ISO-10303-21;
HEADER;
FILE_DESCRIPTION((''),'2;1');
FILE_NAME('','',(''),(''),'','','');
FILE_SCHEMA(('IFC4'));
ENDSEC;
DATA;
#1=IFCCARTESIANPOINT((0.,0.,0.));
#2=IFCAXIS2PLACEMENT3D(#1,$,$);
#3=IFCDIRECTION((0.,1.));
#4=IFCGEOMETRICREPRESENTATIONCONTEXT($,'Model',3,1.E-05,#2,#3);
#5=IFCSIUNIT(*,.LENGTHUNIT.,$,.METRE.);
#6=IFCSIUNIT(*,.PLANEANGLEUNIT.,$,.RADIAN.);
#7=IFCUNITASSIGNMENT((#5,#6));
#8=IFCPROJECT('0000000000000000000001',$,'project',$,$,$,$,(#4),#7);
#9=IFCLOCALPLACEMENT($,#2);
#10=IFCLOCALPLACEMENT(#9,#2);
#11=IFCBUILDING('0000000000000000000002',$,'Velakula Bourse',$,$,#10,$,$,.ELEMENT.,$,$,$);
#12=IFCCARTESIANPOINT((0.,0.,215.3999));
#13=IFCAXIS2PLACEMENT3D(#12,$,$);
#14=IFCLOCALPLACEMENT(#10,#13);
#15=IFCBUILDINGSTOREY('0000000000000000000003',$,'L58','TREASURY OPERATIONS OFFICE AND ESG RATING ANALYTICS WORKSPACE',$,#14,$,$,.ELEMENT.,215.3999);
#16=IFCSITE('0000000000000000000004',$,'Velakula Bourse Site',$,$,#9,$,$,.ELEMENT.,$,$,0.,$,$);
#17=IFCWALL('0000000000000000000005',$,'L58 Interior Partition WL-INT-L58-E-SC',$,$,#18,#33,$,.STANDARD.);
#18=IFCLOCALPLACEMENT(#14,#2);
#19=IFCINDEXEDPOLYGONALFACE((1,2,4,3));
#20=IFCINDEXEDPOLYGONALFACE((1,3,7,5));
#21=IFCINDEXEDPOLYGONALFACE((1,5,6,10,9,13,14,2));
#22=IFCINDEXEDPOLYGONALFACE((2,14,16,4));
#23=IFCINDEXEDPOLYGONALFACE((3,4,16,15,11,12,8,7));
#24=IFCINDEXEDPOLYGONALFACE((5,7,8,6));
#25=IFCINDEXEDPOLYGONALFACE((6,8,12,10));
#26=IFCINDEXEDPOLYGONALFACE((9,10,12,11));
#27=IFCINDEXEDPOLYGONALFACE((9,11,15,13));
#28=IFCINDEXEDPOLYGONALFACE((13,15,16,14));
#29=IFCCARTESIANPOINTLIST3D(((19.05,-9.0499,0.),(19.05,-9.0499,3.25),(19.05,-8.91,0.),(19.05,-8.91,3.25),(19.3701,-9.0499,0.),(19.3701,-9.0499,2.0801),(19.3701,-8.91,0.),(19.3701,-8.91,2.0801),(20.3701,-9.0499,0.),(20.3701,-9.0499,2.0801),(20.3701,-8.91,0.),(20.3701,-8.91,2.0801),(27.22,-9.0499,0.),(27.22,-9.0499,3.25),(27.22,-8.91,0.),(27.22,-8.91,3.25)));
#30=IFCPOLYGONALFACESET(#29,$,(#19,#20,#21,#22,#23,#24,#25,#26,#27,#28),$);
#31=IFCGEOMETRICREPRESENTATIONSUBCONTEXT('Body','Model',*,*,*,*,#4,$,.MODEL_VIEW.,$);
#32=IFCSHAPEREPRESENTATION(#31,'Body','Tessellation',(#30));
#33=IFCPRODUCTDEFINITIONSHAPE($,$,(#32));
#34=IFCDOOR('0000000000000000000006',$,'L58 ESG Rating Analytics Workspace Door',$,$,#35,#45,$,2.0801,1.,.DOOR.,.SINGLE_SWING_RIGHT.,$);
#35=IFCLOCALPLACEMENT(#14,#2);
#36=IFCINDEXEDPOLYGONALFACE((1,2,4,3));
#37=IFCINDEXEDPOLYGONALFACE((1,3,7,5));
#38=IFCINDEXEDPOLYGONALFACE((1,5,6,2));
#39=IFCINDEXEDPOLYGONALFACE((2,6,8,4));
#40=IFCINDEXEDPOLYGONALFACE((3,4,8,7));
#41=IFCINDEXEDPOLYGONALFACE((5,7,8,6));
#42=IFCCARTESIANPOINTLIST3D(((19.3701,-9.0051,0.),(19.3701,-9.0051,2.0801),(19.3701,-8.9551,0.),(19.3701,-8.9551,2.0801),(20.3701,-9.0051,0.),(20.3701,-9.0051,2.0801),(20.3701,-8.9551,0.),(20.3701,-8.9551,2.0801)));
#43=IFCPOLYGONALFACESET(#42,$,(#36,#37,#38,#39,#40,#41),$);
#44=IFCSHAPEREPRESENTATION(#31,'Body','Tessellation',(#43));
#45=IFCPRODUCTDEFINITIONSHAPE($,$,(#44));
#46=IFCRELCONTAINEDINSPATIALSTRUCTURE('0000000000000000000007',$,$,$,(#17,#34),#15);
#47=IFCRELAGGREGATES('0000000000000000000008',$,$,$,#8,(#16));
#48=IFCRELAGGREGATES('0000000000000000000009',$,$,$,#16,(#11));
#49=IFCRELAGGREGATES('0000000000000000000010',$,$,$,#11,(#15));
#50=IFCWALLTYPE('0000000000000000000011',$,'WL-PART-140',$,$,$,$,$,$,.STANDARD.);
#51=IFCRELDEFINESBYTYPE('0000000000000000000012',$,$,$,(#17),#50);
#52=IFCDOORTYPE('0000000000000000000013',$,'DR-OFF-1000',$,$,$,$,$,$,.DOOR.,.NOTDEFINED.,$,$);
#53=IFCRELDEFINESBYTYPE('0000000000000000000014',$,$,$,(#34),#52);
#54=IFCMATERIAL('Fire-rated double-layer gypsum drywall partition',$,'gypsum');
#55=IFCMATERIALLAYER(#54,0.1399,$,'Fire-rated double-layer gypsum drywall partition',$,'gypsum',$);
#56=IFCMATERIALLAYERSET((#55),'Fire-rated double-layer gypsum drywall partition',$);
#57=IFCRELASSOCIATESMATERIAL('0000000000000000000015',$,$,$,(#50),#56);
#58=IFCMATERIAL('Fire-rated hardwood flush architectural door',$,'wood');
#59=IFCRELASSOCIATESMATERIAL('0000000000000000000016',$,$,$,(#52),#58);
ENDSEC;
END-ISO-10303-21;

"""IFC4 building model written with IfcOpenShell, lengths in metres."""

from ifc_helpers import new_model, si_unit, direction, frame, frame_2d, origin, place, context, subcontext, project, spatial, rectangle, extrude, material, layer, layer_set, type_object, element, fill, save


model = new_model("IFC4")

# Units and contexts
model_context = context("Model", 3, precision=1e-05, world=origin(), true_north=direction((0.0, 1.0)))
body_context = subcontext(model_context, "Body", "Model", "MODEL_VIEW")
ifc_project = project(units=[si_unit("LENGTHUNIT", "METRE"), si_unit("PLANEANGLEUNIT", "RADIAN")], contexts=[model_context])

# Site, building, storey
site_placement = place(None, origin())
site = spatial("IfcSite", under=ifc_project, at=site_placement, Name="Velakula Bourse Site", CompositionType="ELEMENT", RefElevation=0.0)
building_placement = place(site_placement, origin())
building = spatial("IfcBuilding", under=site, at=building_placement, Name="Velakula Bourse", CompositionType="ELEMENT")
storey_placement = place(building_placement, frame((0.0, 0.0, 215.3999)))
storey = spatial("IfcBuildingStorey", under=building, at=storey_placement, Name="L58", Description="TREASURY OPERATIONS OFFICE AND ESG RATING ANALYTICS WORKSPACE", CompositionType="ELEMENT", Elevation=215.3999)

# Shared definitions
ifc_material_1 = material(Name="Fire-rated double-layer gypsum drywall partition", Category="gypsum")

# Wall, opening, door
ifc_layer_1 = layer(ifc_material_1, 0.1399, Name="Fire-rated double-layer gypsum drywall partition", Category="gypsum")
ifc_layer_set_1 = layer_set([ifc_layer_1], Name="Fire-rated double-layer gypsum drywall partition")
wall_type_1 = type_object("IfcWallType", Name="WL-PART-140", PredefinedType="STANDARD", material=ifc_layer_set_1)
wall_1_placement = place(storey_placement, frame((19.05, -8.98, 0.0), z_axis=(0.0, 0.0, 1.0), x_axis=(1.0, 0.0, 0.0)))
wall_1 = element("IfcWall", 1, at=wall_1_placement, inside=storey, type_object=wall_type_1, Name="L58 Interior Partition WL-INT-L58-E-SC", PredefinedType="STANDARD", context=body_context, shape_type="SweptSolid", body=[
    extrude(rectangle(XDim=8.1699, YDim=0.1399, at=frame_2d((4.085, 0.0))), origin(), (0.0, 0.0, 1.0), 3.25),
])
opening_placement = place(wall_1_placement, frame((0.3201, 0.0, 0.0)))
opening = element("IfcOpeningElement", 2, at=opening_placement, cuts=wall_1, PredefinedType="OPENING", context=body_context, shape_type="SweptSolid", body=[
    extrude(rectangle(XDim=1.0, YDim=2.0801, at=frame_2d((0.5, 1.04))), frame((0.0, 0.0798, 0.0), z_axis=(0.0, -1.0, 0.0), x_axis=(1.0, 0.0, 0.0)), (0.0, 0.0, 1.0), 0.1599),
])
ifc_material_2 = material(Name="Fire-rated hardwood flush architectural door", Category="wood")
door_type = type_object("IfcDoorType", Name="DR-OFF-1000", OperationType="NOTDEFINED", PredefinedType="DOOR", material=ifc_material_2)
door_placement = place(opening_placement, origin())
door = element("IfcDoor", 3, at=door_placement, inside=storey, type_object=door_type, Name="L58 ESG Rating Analytics Workspace Door", OperationType="SINGLE_SWING_RIGHT", OverallHeight=2.0801, OverallWidth=1.0, PredefinedType="DOOR", context=body_context, shape_type="SweptSolid", body=[
    extrude(rectangle(XDim=1.0, YDim=2.0801, at=frame_2d((0.5, 1.04))), frame((0.0, 0.0249, 0.0), z_axis=(0.0, -1.0, 0.0), x_axis=(1.0, 0.0, 0.0)), (0.0, 0.0, 1.0), 0.05),
])
fill(opening, door)

save(model, "model.ifc")
